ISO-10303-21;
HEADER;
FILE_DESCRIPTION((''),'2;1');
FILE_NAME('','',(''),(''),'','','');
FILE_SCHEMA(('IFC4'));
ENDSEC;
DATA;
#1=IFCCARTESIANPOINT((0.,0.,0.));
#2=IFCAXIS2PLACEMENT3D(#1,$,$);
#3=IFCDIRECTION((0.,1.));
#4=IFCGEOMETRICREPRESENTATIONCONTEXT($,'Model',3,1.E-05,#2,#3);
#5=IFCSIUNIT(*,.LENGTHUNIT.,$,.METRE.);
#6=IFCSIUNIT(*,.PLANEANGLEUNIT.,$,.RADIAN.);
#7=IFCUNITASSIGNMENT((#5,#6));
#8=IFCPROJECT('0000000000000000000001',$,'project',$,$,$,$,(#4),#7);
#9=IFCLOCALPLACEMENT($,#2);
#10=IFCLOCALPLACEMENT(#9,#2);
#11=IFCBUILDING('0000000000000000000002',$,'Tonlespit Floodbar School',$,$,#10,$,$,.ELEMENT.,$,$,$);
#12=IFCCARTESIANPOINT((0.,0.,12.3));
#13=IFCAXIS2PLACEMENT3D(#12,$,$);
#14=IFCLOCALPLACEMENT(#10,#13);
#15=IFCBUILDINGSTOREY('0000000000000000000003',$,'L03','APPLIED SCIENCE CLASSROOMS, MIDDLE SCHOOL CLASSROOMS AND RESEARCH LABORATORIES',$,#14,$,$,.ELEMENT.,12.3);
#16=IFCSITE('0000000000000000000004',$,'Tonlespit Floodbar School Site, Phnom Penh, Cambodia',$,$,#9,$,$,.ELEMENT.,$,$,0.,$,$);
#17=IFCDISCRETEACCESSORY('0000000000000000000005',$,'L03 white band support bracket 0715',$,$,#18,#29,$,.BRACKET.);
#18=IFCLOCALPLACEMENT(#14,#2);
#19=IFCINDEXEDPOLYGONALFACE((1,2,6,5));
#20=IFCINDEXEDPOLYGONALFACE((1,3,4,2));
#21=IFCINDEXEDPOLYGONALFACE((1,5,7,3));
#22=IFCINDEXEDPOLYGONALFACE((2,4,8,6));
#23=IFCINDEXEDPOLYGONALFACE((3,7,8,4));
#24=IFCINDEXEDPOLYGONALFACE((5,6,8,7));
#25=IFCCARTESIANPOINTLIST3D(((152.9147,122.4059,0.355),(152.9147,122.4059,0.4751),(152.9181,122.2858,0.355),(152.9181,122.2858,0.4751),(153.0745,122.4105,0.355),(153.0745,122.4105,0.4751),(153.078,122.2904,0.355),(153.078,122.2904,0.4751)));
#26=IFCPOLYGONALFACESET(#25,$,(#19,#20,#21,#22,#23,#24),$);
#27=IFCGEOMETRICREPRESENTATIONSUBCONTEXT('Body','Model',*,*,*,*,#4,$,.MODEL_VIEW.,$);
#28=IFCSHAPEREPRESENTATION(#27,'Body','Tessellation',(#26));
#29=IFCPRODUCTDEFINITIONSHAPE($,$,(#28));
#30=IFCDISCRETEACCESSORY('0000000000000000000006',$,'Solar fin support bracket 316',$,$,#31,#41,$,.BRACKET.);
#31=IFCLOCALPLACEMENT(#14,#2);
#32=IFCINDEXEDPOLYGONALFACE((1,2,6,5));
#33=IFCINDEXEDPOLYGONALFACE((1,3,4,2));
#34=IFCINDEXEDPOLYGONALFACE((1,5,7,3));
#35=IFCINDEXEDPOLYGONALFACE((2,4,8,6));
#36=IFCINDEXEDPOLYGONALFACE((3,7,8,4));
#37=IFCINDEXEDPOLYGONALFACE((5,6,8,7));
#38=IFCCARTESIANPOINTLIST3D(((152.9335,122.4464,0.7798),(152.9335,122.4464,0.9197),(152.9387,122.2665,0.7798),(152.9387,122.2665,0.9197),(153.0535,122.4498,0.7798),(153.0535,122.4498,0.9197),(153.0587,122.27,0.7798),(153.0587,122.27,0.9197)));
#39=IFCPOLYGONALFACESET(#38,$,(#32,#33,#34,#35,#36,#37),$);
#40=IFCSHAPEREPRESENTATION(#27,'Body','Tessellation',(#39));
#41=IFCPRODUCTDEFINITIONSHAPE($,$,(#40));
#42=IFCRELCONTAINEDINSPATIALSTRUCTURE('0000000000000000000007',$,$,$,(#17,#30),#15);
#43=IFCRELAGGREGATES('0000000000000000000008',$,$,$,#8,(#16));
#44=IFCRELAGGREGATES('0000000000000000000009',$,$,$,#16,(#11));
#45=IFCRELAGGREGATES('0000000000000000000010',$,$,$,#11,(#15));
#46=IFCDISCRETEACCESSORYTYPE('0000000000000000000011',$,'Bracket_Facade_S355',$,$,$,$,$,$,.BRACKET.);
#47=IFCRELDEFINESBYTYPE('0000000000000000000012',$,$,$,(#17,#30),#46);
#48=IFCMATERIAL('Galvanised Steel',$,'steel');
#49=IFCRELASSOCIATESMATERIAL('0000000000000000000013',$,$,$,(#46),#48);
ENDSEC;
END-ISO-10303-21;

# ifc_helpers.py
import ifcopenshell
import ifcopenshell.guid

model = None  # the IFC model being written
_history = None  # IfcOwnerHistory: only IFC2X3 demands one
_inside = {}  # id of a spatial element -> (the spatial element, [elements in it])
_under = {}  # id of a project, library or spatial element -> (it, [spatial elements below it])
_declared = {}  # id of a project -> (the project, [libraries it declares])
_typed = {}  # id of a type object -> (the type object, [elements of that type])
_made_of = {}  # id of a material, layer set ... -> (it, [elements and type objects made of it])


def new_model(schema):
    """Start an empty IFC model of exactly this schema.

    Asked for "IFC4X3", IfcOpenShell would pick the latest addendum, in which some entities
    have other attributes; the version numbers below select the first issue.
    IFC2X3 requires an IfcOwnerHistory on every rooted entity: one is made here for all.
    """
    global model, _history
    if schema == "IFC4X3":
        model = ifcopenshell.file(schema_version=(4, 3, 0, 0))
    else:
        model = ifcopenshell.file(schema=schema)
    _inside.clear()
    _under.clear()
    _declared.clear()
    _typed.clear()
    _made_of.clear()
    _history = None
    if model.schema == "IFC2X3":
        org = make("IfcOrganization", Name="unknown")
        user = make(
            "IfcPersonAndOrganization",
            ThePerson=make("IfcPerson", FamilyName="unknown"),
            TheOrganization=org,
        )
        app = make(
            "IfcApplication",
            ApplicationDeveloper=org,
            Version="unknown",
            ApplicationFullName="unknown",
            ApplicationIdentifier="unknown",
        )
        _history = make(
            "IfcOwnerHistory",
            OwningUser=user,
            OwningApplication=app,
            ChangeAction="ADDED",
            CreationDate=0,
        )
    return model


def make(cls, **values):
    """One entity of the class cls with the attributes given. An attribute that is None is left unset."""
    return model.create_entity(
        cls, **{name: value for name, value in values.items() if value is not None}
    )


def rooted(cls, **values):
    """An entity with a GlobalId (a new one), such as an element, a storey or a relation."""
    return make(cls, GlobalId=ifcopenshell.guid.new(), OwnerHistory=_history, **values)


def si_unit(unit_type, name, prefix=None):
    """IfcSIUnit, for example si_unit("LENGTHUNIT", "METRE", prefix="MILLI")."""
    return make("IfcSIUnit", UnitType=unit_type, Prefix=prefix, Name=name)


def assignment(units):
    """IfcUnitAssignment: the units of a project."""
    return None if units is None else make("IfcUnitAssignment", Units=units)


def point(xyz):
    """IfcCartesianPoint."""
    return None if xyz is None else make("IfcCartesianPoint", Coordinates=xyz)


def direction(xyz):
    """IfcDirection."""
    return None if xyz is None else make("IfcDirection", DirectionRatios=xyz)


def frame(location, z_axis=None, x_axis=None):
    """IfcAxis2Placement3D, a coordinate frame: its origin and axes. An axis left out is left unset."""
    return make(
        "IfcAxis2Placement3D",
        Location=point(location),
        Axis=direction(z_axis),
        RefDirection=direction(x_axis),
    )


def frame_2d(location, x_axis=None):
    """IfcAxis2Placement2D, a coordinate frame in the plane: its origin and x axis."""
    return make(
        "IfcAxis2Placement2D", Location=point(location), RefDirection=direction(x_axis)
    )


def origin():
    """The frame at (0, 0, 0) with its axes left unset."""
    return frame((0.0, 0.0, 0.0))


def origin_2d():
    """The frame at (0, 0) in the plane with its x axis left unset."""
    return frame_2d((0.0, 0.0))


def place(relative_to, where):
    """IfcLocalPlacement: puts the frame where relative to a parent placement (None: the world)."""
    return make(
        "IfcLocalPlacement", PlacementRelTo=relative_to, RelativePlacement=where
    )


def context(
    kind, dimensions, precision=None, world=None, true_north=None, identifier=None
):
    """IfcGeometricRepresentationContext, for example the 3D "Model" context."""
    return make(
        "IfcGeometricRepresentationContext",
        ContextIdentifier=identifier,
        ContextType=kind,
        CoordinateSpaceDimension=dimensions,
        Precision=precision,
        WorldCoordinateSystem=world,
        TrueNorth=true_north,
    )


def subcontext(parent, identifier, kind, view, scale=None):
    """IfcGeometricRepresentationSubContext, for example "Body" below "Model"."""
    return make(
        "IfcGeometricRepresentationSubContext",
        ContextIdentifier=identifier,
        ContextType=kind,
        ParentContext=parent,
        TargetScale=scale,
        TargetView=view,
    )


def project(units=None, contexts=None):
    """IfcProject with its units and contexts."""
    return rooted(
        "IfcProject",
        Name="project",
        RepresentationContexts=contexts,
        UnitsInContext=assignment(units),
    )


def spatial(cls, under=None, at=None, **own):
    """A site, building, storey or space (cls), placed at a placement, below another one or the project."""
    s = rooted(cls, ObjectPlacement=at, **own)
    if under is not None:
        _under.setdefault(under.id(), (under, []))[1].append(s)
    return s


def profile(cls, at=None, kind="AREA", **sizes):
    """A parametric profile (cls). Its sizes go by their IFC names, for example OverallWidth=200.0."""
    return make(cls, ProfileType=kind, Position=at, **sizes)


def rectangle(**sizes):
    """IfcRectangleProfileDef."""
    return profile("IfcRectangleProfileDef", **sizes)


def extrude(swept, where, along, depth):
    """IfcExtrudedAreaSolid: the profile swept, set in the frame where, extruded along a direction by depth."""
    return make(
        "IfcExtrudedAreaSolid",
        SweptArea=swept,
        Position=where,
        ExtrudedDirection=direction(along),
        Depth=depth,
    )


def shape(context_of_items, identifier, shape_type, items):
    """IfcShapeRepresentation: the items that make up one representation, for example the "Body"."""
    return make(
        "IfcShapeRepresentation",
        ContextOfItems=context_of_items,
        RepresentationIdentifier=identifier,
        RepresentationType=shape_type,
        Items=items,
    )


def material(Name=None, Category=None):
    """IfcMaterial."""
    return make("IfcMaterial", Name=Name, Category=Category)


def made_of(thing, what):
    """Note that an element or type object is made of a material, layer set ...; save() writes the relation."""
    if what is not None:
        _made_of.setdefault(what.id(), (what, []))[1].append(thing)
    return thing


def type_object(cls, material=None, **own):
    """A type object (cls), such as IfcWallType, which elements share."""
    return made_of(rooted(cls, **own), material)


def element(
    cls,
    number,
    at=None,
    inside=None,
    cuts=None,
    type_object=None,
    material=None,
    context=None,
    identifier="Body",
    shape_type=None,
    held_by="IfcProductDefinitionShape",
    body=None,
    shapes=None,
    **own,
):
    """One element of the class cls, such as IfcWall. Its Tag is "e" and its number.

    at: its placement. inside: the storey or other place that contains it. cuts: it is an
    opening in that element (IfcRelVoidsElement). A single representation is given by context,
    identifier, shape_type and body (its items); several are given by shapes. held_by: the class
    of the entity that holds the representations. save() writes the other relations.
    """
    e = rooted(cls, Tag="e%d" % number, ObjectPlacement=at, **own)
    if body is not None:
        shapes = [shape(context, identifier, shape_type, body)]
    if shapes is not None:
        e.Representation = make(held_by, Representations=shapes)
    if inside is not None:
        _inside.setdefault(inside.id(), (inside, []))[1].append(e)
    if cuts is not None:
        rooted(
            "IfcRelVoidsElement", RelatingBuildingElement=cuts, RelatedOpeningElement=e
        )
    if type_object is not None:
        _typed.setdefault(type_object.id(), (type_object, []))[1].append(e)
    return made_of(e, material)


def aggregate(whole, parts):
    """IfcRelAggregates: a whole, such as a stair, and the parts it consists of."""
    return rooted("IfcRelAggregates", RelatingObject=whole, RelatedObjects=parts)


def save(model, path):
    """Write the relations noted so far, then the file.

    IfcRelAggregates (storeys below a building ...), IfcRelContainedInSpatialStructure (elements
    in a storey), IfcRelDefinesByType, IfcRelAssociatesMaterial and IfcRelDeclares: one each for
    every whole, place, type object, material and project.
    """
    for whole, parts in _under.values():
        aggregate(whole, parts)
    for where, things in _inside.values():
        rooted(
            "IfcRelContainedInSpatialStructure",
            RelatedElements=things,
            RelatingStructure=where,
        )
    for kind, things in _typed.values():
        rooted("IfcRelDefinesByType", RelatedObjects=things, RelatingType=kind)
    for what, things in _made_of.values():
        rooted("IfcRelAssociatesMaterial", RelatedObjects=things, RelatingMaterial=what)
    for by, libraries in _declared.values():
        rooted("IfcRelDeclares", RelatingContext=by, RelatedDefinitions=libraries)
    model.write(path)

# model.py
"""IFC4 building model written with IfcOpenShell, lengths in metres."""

from ifc_helpers import new_model, si_unit, direction, frame, origin, origin_2d, place, context, subcontext, project, spatial, rectangle, extrude, material, type_object, element, save


model = new_model("IFC4")

# Units and contexts
model_context = context("Model", 3, precision=1e-05, world=origin(), true_north=direction((0.0, 1.0)))
body_context = subcontext(model_context, "Body", "Model", "MODEL_VIEW")
ifc_project = project(units=[si_unit("LENGTHUNIT", "METRE"), si_unit("PLANEANGLEUNIT", "RADIAN")], contexts=[model_context])

# Site, building, storey
site_placement = place(None, origin())
site = spatial("IfcSite", under=ifc_project, at=site_placement, Name="Tonlespit Floodbar School Site, Phnom Penh, Cambodia", CompositionType="ELEMENT", RefElevation=0.0)
building_placement = place(site_placement, origin())
building = spatial("IfcBuilding", under=site, at=building_placement, Name="Tonlespit Floodbar School", CompositionType="ELEMENT")
storey_placement = place(building_placement, frame((0.0, 0.0, 12.3)))
storey = spatial("IfcBuildingStorey", under=building, at=storey_placement, Name="L03", Description="APPLIED SCIENCE CLASSROOMS, MIDDLE SCHOOL CLASSROOMS AND RESEARCH LABORATORIES", CompositionType="ELEMENT", Elevation=12.3)

# Discrete accessories
ifc_material_1 = material(Name="Galvanised Steel", Category="steel")
discrete_accessory_type = type_object("IfcDiscreteAccessoryType", Name="Bracket_Facade_S355", PredefinedType="BRACKET", material=ifc_material_1)
discrete_accessory_1_placement = place(storey_placement, frame((152.9963, 122.3481, 0.355), z_axis=(0.0, 0.0, 1.0), x_axis=(0.999584, 0.028838, 0.0)))
element("IfcDiscreteAccessory", 1, at=discrete_accessory_1_placement, inside=storey, type_object=discrete_accessory_type, Name="L03 white band support bracket 0715", PredefinedType="BRACKET", context=body_context, shape_type="SweptSolid", body=[
    extrude(rectangle(XDim=0.1599, YDim=0.1201, at=origin_2d()), origin(), (0.0, 0.0, 1.0), 0.1201),
])
discrete_accessory_2_placement = place(storey_placement, frame((152.9961, 122.3582, 0.7798), z_axis=(0.0, 0.0, 1.0), x_axis=(0.999584, 0.028838, 0.0)))
element("IfcDiscreteAccessory", 2, at=discrete_accessory_2_placement, inside=storey, type_object=discrete_accessory_type, Name="Solar fin support bracket 316", PredefinedType="BRACKET", context=body_context, shape_type="SweptSolid", body=[
    extrude(rectangle(XDim=0.1201, YDim=0.1799, at=origin_2d()), origin(), (0.0, 0.0, 1.0), 0.1399),
])

save(model, "model.ifc")
